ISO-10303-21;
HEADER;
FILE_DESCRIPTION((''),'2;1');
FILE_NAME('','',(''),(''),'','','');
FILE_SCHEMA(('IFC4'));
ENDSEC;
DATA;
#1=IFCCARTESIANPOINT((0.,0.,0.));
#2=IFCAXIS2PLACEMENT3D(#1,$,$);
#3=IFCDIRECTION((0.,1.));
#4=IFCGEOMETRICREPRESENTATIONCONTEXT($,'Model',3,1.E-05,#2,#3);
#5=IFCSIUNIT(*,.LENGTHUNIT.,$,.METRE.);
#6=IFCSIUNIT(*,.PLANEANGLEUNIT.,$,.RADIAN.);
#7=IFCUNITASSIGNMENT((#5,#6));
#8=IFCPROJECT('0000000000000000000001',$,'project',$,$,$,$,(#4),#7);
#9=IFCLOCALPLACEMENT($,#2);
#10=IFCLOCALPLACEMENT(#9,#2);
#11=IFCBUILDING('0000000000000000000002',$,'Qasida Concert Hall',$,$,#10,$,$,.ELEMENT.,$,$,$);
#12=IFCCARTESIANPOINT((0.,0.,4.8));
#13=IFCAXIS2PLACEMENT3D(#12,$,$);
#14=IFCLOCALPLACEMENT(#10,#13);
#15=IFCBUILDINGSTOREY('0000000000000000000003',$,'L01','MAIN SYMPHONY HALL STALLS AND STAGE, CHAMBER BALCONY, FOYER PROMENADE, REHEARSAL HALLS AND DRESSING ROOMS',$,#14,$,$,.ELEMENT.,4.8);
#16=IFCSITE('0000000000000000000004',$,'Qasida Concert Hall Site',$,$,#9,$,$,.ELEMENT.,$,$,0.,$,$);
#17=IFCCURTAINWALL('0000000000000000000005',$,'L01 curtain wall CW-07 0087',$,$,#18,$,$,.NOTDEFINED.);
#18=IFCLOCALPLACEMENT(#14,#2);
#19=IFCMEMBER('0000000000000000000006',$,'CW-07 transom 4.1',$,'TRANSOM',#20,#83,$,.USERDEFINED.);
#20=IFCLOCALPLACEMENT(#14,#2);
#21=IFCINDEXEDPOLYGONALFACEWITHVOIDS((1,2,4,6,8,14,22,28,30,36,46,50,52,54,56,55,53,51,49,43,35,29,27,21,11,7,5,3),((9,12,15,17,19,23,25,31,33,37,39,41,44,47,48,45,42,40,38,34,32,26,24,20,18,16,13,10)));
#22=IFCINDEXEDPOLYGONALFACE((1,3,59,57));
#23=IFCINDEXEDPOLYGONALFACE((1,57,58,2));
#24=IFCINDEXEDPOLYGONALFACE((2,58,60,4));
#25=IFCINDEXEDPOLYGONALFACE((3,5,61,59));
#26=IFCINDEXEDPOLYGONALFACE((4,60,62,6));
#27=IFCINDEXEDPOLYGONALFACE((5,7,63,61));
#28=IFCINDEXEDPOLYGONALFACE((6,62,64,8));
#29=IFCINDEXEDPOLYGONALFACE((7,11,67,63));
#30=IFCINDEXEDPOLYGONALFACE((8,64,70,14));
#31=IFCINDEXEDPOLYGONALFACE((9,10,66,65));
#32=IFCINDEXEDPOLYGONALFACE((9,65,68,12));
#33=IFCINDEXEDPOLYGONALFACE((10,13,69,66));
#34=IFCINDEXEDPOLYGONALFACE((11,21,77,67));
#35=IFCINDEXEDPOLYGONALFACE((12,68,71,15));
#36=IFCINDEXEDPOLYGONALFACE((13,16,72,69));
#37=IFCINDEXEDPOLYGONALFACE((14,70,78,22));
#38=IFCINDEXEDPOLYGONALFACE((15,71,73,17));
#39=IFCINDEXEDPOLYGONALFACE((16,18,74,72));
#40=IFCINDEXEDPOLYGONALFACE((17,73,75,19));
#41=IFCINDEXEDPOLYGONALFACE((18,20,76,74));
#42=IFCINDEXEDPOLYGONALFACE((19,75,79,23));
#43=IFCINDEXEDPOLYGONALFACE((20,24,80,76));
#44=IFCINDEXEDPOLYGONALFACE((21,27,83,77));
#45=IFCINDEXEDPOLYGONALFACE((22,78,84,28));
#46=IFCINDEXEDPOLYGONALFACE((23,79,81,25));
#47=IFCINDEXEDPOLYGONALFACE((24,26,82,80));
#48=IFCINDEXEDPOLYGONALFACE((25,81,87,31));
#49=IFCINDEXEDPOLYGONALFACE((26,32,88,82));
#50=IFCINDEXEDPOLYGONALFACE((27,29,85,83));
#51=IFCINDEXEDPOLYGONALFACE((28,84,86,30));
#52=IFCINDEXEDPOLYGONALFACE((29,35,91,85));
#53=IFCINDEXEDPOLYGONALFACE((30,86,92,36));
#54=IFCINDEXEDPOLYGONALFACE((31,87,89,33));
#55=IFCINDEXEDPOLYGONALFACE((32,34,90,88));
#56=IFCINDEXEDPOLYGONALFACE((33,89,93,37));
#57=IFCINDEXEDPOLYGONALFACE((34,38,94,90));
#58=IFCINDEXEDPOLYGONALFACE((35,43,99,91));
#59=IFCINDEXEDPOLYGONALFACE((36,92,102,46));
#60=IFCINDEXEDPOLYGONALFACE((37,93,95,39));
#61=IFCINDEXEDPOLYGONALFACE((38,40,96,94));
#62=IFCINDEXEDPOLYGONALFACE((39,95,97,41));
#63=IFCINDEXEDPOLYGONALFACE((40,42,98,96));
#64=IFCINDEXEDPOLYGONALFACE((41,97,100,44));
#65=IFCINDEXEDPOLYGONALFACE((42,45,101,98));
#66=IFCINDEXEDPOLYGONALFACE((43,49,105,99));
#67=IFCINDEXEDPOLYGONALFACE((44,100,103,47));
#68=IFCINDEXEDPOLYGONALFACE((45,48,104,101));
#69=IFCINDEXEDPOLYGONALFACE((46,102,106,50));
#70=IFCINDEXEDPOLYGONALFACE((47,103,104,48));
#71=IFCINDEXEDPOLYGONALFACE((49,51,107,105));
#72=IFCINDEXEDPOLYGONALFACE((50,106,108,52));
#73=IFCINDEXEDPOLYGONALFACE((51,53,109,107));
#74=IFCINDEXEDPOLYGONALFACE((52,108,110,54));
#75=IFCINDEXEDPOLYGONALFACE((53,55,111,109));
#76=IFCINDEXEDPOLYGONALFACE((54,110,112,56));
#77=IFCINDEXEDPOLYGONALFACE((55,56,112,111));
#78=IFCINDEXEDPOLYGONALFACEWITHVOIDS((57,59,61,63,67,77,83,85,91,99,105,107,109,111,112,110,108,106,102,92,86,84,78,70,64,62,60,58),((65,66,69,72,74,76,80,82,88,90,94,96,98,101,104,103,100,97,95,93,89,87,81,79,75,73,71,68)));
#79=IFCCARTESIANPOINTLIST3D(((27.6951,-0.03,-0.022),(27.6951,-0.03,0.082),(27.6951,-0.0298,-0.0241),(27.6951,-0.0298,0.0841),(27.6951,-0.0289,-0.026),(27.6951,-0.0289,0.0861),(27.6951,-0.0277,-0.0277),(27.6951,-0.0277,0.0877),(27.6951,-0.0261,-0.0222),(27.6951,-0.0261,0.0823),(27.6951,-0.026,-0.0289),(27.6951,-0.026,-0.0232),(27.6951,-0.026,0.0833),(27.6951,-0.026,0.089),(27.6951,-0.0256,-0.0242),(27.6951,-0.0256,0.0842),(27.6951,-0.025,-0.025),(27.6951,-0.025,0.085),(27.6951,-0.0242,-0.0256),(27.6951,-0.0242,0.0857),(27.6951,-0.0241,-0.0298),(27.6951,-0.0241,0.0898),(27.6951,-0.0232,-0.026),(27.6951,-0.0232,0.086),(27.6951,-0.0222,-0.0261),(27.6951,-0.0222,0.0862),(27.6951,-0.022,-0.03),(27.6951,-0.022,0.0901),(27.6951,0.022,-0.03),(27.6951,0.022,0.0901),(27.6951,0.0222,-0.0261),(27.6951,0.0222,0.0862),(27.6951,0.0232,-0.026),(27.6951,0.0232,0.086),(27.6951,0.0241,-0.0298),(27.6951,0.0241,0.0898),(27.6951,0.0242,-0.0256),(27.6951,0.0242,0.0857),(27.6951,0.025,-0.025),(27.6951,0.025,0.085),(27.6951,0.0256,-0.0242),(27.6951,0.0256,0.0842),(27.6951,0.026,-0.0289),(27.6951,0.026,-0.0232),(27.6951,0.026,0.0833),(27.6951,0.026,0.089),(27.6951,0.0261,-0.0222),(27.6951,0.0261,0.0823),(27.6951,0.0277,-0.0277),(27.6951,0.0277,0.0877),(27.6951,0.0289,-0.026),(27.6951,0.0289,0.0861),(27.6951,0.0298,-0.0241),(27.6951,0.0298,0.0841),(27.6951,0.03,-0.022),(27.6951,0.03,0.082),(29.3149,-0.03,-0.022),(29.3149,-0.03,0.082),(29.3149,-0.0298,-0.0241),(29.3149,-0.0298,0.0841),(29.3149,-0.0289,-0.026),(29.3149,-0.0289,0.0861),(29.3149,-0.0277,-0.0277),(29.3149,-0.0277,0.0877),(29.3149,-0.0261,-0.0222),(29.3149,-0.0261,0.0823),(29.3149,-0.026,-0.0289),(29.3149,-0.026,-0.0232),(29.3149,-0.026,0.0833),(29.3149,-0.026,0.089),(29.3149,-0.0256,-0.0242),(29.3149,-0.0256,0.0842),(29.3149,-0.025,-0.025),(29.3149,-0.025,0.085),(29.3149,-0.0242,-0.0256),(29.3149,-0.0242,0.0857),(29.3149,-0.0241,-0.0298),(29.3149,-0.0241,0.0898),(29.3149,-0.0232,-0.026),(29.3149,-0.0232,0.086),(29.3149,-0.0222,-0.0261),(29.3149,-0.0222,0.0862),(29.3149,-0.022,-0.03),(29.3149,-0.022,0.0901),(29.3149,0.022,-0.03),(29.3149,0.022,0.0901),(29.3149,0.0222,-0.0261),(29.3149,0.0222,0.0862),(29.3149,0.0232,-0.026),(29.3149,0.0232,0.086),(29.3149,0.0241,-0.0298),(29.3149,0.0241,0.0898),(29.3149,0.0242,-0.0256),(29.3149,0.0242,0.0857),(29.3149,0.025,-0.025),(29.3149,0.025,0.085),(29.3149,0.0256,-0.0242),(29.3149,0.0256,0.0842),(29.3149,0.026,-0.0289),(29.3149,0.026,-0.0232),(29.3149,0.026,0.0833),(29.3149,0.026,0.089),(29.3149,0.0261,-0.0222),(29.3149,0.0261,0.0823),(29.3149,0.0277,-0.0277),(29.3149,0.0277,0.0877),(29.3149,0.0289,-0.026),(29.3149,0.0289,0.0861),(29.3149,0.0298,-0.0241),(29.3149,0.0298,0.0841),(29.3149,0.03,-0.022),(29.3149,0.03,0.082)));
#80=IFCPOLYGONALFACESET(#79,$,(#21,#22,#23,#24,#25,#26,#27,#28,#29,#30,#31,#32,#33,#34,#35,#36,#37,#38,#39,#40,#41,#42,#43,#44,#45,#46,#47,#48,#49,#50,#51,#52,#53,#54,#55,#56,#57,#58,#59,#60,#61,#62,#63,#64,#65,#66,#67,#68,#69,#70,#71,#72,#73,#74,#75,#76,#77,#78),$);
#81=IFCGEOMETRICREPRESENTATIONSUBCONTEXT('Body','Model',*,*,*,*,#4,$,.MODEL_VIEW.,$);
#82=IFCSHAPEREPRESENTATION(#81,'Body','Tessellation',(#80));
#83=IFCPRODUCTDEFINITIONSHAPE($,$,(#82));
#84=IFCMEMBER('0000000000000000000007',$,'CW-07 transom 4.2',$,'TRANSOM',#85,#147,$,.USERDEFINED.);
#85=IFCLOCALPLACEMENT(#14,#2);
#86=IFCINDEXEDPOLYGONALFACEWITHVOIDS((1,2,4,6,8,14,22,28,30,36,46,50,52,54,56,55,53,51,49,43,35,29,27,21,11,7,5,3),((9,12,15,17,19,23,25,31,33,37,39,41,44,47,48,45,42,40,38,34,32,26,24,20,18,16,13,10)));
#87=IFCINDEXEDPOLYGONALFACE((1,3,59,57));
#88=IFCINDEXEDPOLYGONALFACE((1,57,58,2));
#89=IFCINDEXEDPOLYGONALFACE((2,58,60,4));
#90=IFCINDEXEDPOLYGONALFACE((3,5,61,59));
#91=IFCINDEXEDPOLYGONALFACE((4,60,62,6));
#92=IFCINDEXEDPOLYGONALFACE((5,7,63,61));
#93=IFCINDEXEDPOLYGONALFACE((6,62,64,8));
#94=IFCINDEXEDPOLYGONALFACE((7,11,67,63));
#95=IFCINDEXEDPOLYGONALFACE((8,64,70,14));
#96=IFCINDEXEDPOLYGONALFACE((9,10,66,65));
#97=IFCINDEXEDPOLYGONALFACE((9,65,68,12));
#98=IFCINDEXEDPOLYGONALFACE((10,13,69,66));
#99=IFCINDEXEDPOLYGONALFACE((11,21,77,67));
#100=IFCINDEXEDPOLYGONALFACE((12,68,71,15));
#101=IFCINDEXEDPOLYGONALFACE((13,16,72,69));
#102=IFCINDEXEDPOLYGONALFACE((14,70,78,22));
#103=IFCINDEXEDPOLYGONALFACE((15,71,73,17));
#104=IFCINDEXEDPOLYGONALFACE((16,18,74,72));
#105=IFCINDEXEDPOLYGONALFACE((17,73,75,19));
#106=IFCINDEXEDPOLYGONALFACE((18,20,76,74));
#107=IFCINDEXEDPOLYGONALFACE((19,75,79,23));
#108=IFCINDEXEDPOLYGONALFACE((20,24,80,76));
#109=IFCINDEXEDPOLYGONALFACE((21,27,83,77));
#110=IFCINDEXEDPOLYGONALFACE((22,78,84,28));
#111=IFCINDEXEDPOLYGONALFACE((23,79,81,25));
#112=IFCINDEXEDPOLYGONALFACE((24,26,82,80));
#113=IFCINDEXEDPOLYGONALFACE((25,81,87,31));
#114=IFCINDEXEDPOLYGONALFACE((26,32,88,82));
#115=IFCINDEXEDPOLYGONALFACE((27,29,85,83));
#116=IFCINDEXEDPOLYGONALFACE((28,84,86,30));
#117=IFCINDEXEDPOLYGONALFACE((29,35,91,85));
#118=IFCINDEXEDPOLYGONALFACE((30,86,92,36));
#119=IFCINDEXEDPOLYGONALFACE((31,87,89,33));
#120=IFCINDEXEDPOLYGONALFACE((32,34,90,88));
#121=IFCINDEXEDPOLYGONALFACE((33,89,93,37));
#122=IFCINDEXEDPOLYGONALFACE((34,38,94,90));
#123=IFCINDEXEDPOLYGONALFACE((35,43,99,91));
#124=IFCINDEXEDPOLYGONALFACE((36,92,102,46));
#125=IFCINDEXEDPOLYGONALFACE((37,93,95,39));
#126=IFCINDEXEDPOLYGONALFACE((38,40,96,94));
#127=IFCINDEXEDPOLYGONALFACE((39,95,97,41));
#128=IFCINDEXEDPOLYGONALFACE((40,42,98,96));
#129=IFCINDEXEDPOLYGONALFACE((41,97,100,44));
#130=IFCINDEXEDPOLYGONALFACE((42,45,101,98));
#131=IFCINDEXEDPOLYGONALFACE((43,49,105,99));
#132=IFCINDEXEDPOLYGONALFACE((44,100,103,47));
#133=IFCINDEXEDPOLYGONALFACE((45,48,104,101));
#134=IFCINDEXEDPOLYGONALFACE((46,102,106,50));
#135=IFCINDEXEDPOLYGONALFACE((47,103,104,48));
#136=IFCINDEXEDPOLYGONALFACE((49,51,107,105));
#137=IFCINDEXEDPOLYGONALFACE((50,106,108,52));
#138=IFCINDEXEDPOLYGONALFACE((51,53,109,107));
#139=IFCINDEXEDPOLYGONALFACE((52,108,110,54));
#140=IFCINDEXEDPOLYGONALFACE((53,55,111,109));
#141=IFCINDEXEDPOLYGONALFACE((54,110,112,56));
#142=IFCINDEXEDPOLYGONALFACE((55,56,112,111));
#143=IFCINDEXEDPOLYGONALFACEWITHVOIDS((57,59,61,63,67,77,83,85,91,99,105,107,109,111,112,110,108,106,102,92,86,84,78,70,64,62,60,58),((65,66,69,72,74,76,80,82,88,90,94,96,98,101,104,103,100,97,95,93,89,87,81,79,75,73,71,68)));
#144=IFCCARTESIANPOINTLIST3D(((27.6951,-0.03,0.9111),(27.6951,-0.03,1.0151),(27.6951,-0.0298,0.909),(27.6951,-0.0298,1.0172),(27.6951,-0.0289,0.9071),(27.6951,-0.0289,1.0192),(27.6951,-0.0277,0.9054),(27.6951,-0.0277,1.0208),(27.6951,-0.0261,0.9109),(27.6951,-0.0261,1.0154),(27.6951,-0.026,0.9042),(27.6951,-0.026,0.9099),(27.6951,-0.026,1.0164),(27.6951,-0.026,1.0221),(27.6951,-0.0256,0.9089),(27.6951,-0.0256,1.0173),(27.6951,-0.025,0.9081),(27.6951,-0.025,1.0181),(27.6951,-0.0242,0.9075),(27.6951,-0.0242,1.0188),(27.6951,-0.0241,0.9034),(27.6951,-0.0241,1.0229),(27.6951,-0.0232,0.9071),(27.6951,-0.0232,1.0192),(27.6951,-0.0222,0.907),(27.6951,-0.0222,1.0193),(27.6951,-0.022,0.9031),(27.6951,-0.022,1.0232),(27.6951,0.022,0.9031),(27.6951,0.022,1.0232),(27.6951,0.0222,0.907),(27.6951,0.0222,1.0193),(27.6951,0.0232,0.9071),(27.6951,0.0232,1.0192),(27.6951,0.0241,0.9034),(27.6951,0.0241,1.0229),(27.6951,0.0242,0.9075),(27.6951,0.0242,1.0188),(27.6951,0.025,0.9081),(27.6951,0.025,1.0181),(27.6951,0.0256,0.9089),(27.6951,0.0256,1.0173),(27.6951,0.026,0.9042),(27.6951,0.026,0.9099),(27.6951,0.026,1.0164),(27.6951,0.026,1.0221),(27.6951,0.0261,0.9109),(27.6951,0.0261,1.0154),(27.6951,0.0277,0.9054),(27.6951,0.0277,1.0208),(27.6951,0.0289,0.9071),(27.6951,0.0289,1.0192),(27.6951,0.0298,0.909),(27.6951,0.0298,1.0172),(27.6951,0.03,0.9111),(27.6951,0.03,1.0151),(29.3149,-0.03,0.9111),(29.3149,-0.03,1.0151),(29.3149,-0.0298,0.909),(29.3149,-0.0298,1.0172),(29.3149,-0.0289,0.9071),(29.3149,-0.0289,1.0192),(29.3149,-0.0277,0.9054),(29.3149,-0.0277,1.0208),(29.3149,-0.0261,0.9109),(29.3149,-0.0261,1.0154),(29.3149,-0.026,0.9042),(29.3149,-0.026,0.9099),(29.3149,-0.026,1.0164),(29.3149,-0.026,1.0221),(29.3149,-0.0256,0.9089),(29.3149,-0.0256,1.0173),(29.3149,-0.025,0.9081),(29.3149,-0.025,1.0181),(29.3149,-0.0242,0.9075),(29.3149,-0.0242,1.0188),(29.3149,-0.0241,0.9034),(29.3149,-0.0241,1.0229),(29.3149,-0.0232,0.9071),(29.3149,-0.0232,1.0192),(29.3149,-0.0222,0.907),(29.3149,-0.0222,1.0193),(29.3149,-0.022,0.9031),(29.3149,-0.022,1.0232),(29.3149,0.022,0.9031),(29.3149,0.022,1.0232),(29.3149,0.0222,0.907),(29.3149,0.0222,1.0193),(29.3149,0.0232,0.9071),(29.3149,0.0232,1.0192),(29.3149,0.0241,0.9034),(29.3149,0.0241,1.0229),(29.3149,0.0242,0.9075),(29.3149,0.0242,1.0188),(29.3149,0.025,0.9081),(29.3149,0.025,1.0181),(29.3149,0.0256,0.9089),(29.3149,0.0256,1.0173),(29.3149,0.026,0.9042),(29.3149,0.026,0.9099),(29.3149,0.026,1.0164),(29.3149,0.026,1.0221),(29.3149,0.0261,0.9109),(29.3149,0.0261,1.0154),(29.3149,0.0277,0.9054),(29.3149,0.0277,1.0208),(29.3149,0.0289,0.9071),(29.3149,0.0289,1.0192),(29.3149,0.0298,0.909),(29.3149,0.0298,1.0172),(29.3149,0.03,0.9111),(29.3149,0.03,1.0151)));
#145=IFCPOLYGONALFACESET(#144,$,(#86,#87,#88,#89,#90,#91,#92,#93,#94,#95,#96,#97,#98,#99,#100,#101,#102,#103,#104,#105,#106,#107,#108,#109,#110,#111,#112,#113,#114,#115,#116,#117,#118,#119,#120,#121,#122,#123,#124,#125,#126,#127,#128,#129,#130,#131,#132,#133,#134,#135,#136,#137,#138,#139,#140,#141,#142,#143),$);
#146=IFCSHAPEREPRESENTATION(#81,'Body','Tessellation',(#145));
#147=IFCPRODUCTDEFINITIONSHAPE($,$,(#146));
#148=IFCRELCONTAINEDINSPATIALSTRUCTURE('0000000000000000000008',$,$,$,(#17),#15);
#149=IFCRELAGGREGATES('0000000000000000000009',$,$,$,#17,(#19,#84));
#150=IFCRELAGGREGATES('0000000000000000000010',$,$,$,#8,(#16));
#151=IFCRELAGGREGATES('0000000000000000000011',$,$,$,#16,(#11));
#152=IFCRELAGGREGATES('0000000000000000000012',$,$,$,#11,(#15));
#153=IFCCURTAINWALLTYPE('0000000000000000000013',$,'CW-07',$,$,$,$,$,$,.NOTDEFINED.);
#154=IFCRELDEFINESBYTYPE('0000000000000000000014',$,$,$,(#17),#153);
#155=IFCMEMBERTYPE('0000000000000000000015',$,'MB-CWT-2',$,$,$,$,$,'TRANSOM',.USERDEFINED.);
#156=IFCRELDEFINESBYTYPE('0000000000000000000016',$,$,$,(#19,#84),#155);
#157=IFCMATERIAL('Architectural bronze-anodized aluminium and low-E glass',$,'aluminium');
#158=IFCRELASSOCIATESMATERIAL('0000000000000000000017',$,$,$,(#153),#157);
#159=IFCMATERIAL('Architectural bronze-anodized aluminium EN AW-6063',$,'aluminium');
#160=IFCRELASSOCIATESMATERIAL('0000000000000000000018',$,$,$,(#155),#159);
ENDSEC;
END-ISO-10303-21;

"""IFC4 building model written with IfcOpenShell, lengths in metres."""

from ifc_helpers import new_model, si_unit, direction, frame, origin, origin_2d, place, context, subcontext, project, spatial, hollow_rectangle, extrude, material, material_profile, profile_set, type_object, element, aggregate, save


model = new_model("IFC4")

# Units and contexts
model_context = context("Model", 3, precision=1e-05, world=origin(), true_north=direction((0.0, 1.0)))
body_context = subcontext(model_context, "Body", "Model", "MODEL_VIEW")
ifc_project = project(units=[si_unit("LENGTHUNIT", "METRE"), si_unit("PLANEANGLEUNIT", "RADIAN")], contexts=[model_context])

# Site, building, storey
site_placement = place(None, origin())
site = spatial("IfcSite", under=ifc_project, at=site_placement, Name="Qasida Concert Hall Site", CompositionType="ELEMENT", RefElevation=0.0)
building_placement = place(site_placement, origin())
building = spatial("IfcBuilding", under=site, at=building_placement, Name="Qasida Concert Hall", CompositionType="ELEMENT")
storey_placement = place(building_placement, frame((0.0, 0.0, 4.8)))
storey = spatial("IfcBuildingStorey", under=building, at=storey_placement, Name="L01", Description="MAIN SYMPHONY HALL STALLS AND STAGE, CHAMBER BALCONY, FOYER PROMENADE, REHEARSAL HALLS AND DRESSING ROOMS", CompositionType="ELEMENT", Elevation=4.8)

# Curtain wall
ifc_material_1 = material(Name="Architectural bronze-anodized aluminium and low-E glass", Category="aluminium")
curtain_wall_type = type_object("IfcCurtainWallType", Name="CW-07", PredefinedType="NOTDEFINED", material=ifc_material_1)
curtain_wall_1_placement = place(storey_placement, origin())
curtain_wall_1 = element("IfcCurtainWall", 1, at=curtain_wall_1_placement, inside=storey, type_object=curtain_wall_type, Name="L01 curtain wall CW-07 0087", PredefinedType="NOTDEFINED")
ifc_material_2 = material(Name="Architectural bronze-anodized aluminium EN AW-6063", Category="aluminium")

# Members
ifc_material_profile_1 = material_profile(ifc_material_2, hollow_rectangle(XDim=0.0601, YDim=0.1201, WallThickness=0.0039, InnerFilletRadius=0.0039, OuterFilletRadius=0.0081, at=origin_2d()), Name="CWT 120x60x4")
ifc_profile_set_1 = profile_set([ifc_material_profile_1], Name="Architectural bronze-anodized aluminium EN AW-6063")
member_type_1 = type_object("IfcMemberType", Name="MB-CWT-2", ElementType="TRANSOM", PredefinedType="USERDEFINED", material=ifc_profile_set_1)
member_1_placement = place(storey_placement, frame((27.6951, 0.0, 0.03), z_axis=(1.0, 0.0, 0.0), x_axis=(0.0, 1.0, 0.0)))
member_1 = element("IfcMember", 2, at=member_1_placement, type_object=member_type_1, Name="CW-07 transom 4.1", ObjectType="TRANSOM", PredefinedType="USERDEFINED", context=body_context, shape_type="SweptSolid", body=[
    extrude(hollow_rectangle(XDim=0.0601, YDim=0.1201, WallThickness=0.0039, InnerFilletRadius=0.0039, OuterFilletRadius=0.0081, at=origin_2d()), origin(), (0.0, 0.0, 1.0), 1.6199),
])
member_2_placement = place(storey_placement, frame((27.6951, 0.0, 0.9631), z_axis=(1.0, 0.0, 0.0), x_axis=(0.0, 1.0, 0.0)))
member_2 = element("IfcMember", 3, at=member_2_placement, type_object=member_type_1, Name="CW-07 transom 4.2", ObjectType="TRANSOM", PredefinedType="USERDEFINED", context=body_context, shape_type="SweptSolid", body=[
    extrude(hollow_rectangle(XDim=0.0601, YDim=0.1201, WallThickness=0.0039, InnerFilletRadius=0.0039, OuterFilletRadius=0.0081, at=origin_2d()), origin(), (0.0, 0.0, 1.0), 1.6199),
])

aggregate(curtain_wall_1, [member_1, member_2])

save(model, "model.ifc")
